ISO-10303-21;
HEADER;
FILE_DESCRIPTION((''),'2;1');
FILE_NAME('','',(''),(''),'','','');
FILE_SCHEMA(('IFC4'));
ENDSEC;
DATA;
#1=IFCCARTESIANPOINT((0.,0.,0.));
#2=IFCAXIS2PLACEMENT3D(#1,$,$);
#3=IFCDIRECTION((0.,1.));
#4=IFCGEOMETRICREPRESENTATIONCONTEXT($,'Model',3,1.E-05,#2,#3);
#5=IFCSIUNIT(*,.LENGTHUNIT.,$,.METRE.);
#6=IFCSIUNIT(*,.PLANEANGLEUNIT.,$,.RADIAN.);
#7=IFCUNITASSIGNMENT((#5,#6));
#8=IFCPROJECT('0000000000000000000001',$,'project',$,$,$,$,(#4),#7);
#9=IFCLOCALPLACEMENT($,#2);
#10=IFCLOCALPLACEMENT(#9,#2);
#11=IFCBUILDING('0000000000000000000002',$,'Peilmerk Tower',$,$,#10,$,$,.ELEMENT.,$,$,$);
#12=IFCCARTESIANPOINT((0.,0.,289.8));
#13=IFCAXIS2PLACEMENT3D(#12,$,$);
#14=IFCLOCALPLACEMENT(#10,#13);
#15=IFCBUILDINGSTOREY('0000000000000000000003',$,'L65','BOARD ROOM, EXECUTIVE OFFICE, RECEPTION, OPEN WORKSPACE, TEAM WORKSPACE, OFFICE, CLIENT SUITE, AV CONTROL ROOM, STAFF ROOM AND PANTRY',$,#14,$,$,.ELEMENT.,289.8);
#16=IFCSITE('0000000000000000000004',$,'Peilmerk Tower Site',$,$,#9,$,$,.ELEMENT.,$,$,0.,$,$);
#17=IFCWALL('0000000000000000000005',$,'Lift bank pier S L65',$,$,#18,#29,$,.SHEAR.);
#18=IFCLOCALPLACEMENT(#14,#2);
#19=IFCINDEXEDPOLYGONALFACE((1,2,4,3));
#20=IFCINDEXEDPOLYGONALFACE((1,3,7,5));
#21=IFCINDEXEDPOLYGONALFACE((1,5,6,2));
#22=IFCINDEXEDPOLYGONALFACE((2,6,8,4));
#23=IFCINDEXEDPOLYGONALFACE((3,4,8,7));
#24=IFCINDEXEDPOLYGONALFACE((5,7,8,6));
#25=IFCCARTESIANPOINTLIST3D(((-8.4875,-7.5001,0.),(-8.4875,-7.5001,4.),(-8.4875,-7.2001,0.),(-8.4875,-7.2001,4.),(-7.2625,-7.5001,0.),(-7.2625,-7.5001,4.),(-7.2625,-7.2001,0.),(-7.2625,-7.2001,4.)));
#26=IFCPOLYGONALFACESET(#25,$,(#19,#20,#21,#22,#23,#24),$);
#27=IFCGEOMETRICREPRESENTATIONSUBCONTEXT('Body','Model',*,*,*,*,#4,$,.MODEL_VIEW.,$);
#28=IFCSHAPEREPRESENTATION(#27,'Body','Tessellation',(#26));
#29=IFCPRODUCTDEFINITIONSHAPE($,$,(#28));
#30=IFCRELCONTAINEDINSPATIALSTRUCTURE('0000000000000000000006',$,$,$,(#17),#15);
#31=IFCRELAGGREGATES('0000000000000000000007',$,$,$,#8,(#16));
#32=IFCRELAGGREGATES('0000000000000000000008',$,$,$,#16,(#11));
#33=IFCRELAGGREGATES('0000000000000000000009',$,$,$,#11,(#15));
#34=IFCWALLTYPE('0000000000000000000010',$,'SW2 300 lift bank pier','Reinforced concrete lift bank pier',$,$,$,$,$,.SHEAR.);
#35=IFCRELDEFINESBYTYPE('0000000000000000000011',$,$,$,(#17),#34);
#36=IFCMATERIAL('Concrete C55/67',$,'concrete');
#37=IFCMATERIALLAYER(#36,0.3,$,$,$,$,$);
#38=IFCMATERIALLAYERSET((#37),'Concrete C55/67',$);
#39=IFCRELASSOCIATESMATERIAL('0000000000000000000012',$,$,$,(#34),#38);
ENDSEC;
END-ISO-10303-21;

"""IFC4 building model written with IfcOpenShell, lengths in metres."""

from ifc_helpers import new_model, si_unit, direction, frame, frame_2d, origin, place, context, subcontext, project, spatial, rectangle, extrude, material, layer, layer_set, type_object, element, save


model = new_model("IFC4")

# Units and contexts
model_context = context("Model", 3, precision=1e-05, world=origin(), true_north=direction((0.0, 1.0)))
body_context = subcontext(model_context, "Body", "Model", "MODEL_VIEW")
ifc_project = project(units=[si_unit("LENGTHUNIT", "METRE"), si_unit("PLANEANGLEUNIT", "RADIAN")], contexts=[model_context])

# Site, building, storey
site_placement = place(None, origin())
site = spatial("IfcSite", under=ifc_project, at=site_placement, Name="Peilmerk Tower Site", CompositionType="ELEMENT", RefElevation=0.0)
building_placement = place(site_placement, origin())
building = spatial("IfcBuilding", under=site, at=building_placement, Name="Peilmerk Tower", CompositionType="ELEMENT")
storey_placement = place(building_placement, frame((0.0, 0.0, 289.8)))
storey = spatial("IfcBuildingStorey", under=building, at=storey_placement, Name="L65", Description="BOARD ROOM, EXECUTIVE OFFICE, RECEPTION, OPEN WORKSPACE, TEAM WORKSPACE, OFFICE, CLIENT SUITE, AV CONTROL ROOM, STAFF ROOM AND PANTRY", CompositionType="ELEMENT", Elevation=289.8)

# Shared definitions
ifc_material_1 = material(Name="Concrete C55/67", Category="concrete")

# Wall
ifc_layer_1 = layer(ifc_material_1, 0.3)
ifc_layer_set_1 = layer_set([ifc_layer_1], Name="Concrete C55/67")
wall_type_1 = type_object("IfcWallType", Name="SW2 300 lift bank pier", Description="Reinforced concrete lift bank pier", PredefinedType="SHEAR", material=ifc_layer_set_1)
wall_1_placement = place(storey_placement, frame((-8.4875, -7.3501, 0.0), z_axis=(0.0, 0.0, 1.0), x_axis=(1.0, 0.0, 0.0)))
element("IfcWall", 1, at=wall_1_placement, inside=storey, type_object=wall_type_1, Name="Lift bank pier S L65", PredefinedType="SHEAR", context=body_context, shape_type="SweptSolid", body=[
    extrude(rectangle(XDim=1.2251, YDim=0.3, at=frame_2d((0.6125, 0.0))), origin(), (0.0, 0.0, 1.0), 4.0),
])

save(model, "model.ifc")
